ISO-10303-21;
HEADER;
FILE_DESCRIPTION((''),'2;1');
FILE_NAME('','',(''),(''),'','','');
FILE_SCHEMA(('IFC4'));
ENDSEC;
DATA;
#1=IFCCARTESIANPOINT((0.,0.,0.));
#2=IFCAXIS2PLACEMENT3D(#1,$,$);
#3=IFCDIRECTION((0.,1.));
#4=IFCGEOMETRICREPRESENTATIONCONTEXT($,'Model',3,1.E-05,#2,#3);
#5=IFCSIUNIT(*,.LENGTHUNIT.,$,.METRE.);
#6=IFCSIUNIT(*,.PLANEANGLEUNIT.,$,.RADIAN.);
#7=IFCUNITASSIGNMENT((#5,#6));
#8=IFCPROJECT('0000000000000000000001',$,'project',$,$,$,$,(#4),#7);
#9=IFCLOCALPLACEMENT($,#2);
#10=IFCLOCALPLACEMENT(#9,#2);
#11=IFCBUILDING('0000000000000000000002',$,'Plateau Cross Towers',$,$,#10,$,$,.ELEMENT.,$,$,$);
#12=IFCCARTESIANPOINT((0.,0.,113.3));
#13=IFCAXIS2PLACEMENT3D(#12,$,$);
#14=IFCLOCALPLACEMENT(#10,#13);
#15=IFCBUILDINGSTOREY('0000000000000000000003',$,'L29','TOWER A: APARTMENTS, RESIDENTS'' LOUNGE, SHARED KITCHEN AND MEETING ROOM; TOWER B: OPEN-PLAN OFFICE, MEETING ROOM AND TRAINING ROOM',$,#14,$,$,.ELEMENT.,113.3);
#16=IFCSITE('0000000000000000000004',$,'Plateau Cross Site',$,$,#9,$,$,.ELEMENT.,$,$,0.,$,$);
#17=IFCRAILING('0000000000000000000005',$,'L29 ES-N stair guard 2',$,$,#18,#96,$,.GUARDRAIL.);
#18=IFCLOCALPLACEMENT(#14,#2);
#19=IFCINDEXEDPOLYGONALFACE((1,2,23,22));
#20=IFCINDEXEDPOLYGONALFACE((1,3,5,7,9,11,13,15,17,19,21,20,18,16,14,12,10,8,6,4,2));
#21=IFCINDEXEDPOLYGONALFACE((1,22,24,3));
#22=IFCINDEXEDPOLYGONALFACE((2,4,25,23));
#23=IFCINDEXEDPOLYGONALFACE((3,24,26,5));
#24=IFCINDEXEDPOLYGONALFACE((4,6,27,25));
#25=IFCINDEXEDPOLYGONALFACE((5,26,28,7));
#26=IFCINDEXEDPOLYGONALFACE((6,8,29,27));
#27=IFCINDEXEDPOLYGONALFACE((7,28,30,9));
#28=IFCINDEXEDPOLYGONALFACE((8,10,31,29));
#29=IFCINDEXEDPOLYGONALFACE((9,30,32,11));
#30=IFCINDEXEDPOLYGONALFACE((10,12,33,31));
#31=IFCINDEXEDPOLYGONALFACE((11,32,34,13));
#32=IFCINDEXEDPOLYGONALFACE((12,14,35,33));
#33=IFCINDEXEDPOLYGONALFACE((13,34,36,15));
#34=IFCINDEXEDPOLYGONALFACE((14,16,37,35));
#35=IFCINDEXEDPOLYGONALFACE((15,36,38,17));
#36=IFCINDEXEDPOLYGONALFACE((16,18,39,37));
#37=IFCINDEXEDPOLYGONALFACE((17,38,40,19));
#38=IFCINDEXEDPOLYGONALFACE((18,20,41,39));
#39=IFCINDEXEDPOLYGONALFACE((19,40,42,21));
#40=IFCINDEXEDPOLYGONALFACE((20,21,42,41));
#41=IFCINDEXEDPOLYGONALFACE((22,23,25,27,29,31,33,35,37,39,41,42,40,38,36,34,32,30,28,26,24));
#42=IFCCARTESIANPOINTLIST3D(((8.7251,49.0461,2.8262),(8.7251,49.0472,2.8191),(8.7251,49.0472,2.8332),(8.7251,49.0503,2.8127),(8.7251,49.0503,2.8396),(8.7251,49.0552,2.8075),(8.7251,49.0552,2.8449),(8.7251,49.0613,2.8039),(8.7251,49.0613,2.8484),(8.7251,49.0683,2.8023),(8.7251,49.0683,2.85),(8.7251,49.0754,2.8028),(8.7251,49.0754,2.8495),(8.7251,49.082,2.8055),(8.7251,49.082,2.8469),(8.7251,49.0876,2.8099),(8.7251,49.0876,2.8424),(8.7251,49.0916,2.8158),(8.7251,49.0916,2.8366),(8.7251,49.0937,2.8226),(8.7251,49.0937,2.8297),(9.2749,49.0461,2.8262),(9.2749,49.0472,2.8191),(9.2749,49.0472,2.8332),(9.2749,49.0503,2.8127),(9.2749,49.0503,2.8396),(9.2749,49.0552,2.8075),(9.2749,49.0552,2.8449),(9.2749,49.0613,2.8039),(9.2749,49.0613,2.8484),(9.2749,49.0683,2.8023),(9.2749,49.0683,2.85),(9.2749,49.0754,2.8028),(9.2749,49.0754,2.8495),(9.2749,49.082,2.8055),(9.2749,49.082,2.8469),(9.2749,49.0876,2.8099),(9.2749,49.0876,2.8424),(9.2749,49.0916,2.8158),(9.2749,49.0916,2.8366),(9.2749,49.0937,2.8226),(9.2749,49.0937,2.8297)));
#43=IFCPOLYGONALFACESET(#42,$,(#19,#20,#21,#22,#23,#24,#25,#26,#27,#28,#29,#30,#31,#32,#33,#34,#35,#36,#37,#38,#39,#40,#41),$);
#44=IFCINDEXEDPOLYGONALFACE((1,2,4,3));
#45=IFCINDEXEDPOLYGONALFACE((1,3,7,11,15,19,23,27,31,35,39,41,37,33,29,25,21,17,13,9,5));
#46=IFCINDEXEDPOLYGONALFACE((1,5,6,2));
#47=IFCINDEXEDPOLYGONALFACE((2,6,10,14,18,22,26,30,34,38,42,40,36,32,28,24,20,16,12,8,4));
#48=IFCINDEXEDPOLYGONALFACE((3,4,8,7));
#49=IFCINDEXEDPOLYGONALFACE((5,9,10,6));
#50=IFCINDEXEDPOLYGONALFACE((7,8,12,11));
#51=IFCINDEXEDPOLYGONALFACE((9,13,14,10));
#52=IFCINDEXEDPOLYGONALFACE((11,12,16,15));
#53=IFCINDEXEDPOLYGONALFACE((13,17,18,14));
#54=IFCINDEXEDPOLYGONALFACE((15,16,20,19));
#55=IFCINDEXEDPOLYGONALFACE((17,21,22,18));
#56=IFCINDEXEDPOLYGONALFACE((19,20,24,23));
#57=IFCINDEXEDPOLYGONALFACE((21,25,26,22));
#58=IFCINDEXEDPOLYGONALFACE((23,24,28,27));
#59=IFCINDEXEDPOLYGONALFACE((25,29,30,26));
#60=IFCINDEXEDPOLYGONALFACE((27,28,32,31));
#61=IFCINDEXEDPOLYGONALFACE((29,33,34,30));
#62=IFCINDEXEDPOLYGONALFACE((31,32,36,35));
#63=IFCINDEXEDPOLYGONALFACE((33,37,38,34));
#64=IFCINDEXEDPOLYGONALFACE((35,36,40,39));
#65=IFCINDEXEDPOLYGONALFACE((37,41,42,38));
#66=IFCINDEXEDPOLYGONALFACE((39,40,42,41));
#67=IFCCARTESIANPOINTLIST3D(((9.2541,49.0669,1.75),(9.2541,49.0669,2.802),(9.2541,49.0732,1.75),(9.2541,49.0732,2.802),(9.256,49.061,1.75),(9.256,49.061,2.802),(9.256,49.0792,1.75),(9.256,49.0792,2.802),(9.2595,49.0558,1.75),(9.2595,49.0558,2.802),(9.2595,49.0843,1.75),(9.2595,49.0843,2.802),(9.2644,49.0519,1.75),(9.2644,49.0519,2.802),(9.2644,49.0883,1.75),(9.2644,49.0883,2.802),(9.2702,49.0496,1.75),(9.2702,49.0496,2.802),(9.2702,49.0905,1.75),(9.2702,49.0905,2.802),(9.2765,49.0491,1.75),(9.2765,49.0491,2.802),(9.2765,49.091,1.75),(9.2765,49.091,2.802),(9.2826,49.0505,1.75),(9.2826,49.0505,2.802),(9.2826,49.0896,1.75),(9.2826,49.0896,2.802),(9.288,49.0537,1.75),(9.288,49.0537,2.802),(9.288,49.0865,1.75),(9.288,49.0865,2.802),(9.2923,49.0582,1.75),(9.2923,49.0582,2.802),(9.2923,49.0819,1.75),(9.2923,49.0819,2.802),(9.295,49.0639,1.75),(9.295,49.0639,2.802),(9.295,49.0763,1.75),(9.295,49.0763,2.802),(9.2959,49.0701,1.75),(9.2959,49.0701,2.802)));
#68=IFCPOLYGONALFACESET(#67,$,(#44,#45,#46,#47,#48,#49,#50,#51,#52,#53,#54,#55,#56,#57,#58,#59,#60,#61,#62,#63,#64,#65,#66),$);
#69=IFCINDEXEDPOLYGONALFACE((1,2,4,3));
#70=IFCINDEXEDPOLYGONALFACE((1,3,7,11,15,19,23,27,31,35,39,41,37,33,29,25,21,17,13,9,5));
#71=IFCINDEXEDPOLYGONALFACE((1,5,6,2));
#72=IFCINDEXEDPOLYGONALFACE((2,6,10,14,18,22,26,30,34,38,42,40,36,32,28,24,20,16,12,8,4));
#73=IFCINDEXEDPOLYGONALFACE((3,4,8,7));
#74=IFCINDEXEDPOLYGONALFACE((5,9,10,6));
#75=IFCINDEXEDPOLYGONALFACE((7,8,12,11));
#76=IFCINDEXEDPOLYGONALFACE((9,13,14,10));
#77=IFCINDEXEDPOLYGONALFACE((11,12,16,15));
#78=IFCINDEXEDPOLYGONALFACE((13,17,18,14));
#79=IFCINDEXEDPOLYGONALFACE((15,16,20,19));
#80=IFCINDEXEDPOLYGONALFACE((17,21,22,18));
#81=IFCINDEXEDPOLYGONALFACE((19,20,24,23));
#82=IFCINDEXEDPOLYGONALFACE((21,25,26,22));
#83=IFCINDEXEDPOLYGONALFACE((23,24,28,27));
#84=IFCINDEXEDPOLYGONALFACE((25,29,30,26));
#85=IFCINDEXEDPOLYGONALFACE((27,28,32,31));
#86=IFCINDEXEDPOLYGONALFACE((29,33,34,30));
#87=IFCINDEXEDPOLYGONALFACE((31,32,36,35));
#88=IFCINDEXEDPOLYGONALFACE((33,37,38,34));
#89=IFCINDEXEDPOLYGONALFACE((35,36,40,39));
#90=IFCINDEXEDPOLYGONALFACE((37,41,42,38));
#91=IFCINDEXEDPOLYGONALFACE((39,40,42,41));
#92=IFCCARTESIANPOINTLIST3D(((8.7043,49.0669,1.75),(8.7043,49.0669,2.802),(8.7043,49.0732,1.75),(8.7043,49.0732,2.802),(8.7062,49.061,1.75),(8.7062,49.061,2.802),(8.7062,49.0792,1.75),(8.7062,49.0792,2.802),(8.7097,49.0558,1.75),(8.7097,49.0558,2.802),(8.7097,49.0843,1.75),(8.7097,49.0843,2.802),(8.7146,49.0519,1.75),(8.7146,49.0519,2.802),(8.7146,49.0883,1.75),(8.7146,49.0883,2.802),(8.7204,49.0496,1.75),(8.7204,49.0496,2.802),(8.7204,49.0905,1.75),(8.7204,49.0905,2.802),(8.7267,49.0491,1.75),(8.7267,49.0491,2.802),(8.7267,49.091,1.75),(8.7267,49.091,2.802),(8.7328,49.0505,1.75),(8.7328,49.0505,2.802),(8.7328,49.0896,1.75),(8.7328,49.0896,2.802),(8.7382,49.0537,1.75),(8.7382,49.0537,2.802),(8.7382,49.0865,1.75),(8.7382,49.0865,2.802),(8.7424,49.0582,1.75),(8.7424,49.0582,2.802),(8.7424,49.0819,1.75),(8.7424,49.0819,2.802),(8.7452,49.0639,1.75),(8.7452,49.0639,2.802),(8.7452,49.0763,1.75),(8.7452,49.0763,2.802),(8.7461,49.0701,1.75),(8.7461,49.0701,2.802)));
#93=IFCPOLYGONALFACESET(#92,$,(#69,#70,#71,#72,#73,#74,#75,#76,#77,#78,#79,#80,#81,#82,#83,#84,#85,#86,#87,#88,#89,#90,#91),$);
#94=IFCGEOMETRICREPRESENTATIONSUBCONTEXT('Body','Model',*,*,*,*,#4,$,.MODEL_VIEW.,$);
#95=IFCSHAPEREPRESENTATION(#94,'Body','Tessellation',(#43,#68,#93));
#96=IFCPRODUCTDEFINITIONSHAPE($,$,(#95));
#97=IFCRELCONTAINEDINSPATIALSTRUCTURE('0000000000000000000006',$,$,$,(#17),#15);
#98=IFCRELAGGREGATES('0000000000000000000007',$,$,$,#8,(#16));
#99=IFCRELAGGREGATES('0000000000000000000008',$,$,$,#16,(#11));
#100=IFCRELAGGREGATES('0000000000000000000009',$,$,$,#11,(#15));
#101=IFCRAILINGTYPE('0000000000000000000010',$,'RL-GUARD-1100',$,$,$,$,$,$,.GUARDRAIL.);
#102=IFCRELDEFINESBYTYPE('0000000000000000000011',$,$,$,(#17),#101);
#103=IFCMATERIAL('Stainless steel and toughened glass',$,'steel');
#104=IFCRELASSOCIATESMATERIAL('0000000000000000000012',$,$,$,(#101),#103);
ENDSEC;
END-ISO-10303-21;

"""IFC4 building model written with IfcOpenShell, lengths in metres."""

from ifc_helpers import new_model, si_unit, direction, frame, origin, origin_2d, place, context, subcontext, project, spatial, circle, extrude, material, type_object, element, save


model = new_model("IFC4")

# Units and contexts
model_context = context("Model", 3, precision=1e-05, world=origin(), true_north=direction((0.0, 1.0)))
body_context = subcontext(model_context, "Body", "Model", "MODEL_VIEW")
ifc_project = project(units=[si_unit("LENGTHUNIT", "METRE"), si_unit("PLANEANGLEUNIT", "RADIAN")], contexts=[model_context])

# Site, building, storey
site_placement = place(None, origin())
site = spatial("IfcSite", under=ifc_project, at=site_placement, Name="Plateau Cross Site", CompositionType="ELEMENT", RefElevation=0.0)
building_placement = place(site_placement, origin())
building = spatial("IfcBuilding", under=site, at=building_placement, Name="Plateau Cross Towers", CompositionType="ELEMENT")
storey_placement = place(building_placement, frame((0.0, 0.0, 113.3)))
storey = spatial("IfcBuildingStorey", under=building, at=storey_placement, Name="L29", Description="TOWER A: APARTMENTS, RESIDENTS' LOUNGE, SHARED KITCHEN AND MEETING ROOM; TOWER B: OPEN-PLAN OFFICE, MEETING ROOM AND TRAINING ROOM", CompositionType="ELEMENT", Elevation=113.3)

# Railing
ifc_material_1 = material(Name="Stainless steel and toughened glass", Category="steel")
railing_type_1 = type_object("IfcRailingType", Name="RL-GUARD-1100", PredefinedType="GUARDRAIL", material=ifc_material_1)
railing_1_placement = place(storey_placement, frame((9.2749, 49.0701, 1.75)))
element("IfcRailing", 1, at=railing_1_placement, inside=storey, type_object=railing_type_1, Name="L29 ES-N stair guard 2", PredefinedType="GUARDRAIL", context=body_context, shape_type="SweptSolid", body=[
    extrude(circle(Radius=0.0239, at=origin_2d()), frame((0.0, 0.0, 1.0762), z_axis=(-1.0, 0.0, 0.0), x_axis=(0.0, -1.0, 0.0)), (0.0, 0.0, 1.0), 0.5498),
    extrude(circle(Radius=0.021, at=origin_2d()), origin(), (0.0, 0.0, 1.0), 1.052),
    extrude(circle(Radius=0.021, at=origin_2d()), frame((-0.5498, 0.0, 0.0)), (0.0, 0.0, 1.0), 1.052),
])

save(model, "model.ifc")
